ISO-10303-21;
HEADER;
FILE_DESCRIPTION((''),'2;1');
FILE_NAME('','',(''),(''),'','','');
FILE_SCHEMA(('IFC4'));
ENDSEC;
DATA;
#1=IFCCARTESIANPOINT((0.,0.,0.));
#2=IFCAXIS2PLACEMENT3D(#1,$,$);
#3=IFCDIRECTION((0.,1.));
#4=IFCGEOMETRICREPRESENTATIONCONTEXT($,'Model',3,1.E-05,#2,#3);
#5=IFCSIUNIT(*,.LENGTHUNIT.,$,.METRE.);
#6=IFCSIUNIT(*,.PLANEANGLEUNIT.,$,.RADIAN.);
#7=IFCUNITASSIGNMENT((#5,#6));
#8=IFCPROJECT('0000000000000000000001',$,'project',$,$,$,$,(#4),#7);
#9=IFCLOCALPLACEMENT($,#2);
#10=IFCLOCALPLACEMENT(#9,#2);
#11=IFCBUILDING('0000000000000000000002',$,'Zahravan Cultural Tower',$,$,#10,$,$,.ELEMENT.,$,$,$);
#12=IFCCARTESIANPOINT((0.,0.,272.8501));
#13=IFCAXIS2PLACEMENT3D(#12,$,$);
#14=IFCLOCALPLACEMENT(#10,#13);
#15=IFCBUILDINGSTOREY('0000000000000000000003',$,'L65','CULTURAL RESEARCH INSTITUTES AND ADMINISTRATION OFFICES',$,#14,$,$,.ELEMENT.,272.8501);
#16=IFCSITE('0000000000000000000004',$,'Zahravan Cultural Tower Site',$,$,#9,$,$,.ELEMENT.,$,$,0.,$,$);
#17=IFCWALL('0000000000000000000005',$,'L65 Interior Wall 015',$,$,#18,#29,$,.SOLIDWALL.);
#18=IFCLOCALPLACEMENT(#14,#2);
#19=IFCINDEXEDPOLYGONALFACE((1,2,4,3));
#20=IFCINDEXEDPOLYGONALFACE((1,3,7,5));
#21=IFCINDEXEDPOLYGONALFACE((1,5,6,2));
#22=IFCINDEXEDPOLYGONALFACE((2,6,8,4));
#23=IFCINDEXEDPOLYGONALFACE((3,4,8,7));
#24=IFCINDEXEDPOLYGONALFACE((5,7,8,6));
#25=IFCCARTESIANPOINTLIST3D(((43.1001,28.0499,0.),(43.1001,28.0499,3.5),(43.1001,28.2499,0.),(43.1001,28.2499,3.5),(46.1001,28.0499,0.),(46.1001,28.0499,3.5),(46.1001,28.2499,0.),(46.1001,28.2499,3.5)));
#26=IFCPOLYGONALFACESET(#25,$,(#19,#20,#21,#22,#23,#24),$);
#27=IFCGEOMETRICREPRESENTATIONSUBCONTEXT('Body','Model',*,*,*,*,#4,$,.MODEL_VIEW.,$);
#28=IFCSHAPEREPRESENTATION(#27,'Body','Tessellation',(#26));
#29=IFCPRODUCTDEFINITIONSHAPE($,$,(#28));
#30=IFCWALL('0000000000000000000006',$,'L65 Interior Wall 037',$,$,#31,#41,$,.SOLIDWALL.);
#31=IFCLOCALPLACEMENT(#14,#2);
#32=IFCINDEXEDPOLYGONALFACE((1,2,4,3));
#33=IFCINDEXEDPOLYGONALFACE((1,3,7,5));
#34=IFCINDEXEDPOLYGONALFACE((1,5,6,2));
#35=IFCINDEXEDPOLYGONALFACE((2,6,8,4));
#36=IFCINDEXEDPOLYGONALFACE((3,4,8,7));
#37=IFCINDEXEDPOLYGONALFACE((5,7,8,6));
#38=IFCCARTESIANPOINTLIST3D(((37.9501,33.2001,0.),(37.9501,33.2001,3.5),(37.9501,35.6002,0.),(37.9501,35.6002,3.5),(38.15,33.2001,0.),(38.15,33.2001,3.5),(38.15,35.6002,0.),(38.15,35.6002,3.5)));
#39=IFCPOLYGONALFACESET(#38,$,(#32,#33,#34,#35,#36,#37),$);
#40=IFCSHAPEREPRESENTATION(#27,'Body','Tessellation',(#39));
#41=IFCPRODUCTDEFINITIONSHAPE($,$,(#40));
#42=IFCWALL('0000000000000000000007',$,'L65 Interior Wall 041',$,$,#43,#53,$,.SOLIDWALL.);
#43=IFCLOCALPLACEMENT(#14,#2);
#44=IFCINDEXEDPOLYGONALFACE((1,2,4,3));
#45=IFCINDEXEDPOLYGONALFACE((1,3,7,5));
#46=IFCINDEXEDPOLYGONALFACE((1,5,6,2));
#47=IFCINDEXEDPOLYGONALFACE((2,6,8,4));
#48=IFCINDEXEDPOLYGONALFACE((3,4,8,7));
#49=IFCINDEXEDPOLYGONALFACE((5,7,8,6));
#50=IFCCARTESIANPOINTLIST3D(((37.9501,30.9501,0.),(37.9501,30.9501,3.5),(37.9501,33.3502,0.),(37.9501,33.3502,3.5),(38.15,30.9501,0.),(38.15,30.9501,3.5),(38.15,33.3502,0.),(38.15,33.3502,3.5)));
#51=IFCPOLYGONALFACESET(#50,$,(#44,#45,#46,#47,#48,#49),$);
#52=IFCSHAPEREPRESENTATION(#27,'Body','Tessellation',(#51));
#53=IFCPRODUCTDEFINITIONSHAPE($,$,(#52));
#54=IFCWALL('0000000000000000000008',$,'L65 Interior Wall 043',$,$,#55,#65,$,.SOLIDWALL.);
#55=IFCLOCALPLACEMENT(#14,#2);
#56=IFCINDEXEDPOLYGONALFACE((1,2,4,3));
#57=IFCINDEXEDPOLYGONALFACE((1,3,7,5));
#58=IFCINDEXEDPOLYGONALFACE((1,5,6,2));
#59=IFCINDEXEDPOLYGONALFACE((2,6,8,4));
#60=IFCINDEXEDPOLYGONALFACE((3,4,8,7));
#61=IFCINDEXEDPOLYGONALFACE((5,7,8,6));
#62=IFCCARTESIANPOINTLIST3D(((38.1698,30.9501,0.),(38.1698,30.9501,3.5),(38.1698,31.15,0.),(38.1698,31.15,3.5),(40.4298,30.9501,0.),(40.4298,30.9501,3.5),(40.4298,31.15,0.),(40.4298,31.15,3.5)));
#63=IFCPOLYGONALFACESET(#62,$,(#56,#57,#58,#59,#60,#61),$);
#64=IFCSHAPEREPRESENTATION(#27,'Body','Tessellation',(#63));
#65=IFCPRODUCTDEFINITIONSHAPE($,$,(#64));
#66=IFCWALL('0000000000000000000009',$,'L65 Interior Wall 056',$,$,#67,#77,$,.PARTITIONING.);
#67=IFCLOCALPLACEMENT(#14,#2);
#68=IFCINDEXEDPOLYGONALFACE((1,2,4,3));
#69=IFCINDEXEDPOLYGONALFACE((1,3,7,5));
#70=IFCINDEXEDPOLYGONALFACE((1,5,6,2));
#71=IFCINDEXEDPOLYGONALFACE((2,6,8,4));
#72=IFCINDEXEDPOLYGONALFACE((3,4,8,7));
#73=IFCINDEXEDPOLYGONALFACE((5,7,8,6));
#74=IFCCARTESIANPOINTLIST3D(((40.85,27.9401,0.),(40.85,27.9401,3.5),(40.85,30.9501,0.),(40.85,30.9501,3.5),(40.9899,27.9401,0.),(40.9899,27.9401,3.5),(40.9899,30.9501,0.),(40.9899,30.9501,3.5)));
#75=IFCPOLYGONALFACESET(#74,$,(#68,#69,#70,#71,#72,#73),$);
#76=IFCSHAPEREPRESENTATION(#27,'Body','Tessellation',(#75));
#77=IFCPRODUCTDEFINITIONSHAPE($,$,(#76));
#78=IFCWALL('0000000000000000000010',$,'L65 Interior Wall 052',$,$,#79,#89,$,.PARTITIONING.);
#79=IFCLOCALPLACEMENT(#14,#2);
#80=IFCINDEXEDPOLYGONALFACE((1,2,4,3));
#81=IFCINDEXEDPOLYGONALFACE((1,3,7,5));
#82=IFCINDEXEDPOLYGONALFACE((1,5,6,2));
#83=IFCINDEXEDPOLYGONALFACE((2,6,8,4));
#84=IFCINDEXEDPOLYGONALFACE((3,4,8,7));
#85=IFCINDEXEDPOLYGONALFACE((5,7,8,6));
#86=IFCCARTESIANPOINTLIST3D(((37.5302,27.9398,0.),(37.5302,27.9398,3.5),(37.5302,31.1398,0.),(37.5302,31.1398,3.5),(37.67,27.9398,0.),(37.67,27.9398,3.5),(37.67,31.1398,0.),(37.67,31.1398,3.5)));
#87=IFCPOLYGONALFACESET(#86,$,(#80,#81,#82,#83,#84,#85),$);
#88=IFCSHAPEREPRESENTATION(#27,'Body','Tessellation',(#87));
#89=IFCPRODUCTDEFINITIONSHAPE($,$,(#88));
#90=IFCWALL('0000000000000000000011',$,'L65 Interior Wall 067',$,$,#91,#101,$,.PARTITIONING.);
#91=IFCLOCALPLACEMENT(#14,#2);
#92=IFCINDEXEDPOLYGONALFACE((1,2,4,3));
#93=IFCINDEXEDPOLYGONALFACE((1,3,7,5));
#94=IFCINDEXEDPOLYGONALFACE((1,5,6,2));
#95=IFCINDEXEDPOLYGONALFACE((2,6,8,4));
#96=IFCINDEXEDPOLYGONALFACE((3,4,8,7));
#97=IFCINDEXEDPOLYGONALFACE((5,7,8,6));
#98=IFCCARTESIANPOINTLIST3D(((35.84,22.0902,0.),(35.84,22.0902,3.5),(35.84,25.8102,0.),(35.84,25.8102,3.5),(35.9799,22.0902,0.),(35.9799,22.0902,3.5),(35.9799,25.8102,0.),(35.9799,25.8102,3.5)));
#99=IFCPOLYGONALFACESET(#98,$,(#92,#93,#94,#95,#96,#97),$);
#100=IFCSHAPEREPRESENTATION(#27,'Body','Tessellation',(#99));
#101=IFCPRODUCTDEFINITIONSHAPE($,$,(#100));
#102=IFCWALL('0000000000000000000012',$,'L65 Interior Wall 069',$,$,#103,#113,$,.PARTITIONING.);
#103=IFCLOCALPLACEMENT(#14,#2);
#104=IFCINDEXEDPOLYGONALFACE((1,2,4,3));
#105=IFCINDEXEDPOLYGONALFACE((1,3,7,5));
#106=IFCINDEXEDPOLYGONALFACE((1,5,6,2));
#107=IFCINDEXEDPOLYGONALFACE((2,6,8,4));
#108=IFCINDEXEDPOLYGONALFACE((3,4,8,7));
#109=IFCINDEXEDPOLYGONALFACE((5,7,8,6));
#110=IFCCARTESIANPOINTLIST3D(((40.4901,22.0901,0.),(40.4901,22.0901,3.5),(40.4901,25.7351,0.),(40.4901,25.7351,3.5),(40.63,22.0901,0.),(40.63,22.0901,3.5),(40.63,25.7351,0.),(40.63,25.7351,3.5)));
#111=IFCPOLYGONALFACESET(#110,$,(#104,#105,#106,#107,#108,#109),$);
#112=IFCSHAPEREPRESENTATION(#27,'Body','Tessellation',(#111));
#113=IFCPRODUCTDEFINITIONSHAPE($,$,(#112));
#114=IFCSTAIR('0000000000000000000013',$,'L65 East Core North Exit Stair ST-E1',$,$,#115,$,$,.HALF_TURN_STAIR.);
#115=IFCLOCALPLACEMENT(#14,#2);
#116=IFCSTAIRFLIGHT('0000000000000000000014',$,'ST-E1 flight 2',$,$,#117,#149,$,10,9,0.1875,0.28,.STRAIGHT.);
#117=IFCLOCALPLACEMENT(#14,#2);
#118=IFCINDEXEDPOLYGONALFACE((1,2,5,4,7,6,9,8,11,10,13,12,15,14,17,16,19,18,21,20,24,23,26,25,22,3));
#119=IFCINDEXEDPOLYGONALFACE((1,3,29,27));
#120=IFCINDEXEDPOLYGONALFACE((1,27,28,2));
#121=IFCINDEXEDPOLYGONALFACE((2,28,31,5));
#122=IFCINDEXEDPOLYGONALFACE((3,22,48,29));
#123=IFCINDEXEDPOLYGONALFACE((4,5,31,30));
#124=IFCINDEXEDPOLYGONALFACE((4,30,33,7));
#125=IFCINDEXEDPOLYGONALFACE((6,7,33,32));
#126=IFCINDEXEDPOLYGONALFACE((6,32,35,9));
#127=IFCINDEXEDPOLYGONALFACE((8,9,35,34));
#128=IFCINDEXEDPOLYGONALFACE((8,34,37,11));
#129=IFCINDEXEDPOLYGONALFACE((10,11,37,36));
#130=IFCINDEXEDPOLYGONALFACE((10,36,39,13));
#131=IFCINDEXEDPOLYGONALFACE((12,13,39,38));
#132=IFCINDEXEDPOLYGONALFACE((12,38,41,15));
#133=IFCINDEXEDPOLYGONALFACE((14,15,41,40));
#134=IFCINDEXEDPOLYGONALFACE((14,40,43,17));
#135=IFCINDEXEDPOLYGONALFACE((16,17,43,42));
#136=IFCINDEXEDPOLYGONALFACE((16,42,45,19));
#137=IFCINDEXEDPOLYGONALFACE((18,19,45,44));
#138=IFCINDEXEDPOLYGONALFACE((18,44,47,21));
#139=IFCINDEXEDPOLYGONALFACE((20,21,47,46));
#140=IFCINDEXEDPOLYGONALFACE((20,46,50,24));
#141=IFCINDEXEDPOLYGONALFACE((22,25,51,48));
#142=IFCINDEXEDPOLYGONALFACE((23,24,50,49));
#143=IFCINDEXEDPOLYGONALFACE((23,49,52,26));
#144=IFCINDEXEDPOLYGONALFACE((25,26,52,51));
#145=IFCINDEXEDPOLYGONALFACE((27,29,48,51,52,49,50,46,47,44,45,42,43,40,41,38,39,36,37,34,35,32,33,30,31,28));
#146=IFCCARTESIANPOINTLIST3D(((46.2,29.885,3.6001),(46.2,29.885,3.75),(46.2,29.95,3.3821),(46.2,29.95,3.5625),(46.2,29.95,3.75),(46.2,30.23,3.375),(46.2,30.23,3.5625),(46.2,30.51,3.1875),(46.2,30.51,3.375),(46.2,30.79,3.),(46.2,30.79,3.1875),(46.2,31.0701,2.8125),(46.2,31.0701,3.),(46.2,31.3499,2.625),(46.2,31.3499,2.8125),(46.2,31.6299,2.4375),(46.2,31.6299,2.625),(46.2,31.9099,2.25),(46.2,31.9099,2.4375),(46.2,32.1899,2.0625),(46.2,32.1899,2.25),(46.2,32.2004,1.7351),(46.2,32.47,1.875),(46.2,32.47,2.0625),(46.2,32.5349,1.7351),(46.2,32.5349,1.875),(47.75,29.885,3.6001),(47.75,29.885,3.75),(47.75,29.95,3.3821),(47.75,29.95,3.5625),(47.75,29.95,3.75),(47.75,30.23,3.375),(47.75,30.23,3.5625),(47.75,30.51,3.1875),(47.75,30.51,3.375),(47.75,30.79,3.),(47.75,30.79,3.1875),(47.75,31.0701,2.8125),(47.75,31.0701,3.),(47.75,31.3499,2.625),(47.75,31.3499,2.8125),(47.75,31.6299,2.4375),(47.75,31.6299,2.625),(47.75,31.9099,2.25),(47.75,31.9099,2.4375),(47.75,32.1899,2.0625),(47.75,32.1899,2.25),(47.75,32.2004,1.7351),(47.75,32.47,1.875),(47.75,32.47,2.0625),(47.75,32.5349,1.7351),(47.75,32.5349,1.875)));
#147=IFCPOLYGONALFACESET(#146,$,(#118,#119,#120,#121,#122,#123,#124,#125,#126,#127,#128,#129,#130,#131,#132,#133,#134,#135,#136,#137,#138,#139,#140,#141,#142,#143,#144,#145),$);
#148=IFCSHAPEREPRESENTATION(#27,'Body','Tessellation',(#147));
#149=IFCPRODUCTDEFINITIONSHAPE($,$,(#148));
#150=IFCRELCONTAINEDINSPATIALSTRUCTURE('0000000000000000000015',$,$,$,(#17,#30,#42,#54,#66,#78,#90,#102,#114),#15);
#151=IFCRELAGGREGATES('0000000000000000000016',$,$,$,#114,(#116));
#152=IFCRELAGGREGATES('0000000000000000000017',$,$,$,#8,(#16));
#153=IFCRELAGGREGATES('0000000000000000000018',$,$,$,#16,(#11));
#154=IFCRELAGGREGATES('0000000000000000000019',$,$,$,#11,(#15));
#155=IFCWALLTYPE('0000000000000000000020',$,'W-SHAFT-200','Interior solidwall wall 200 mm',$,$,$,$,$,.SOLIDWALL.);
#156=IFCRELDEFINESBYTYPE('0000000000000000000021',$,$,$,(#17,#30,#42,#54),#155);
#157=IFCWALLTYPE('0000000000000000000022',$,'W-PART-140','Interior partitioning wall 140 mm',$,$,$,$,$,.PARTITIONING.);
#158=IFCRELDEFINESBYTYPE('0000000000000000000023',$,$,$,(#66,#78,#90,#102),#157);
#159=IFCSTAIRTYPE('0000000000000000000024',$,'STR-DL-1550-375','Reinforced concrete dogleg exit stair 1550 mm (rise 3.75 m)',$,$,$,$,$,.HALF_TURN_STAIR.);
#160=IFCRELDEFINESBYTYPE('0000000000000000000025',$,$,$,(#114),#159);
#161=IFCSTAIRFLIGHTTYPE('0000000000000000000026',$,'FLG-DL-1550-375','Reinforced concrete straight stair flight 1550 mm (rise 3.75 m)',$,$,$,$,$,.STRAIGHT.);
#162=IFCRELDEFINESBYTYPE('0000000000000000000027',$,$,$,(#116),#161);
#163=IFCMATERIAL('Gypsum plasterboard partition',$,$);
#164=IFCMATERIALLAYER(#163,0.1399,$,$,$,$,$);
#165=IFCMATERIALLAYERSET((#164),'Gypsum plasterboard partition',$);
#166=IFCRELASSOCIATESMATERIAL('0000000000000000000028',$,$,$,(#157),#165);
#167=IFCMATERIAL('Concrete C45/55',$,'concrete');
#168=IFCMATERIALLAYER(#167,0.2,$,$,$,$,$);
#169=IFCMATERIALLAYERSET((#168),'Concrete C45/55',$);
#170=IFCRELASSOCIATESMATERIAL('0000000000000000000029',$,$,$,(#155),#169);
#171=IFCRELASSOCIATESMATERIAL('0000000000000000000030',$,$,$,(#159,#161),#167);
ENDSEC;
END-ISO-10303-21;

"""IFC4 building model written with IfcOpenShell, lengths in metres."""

from ifc_helpers import new_model, si_unit, direction, frame, frame_2d, origin, place, context, subcontext, project, spatial, polyline, rectangle, outline, extrude, source, transform, mapped, material, layer, layer_set, type_object, element, aggregate, save


model = new_model("IFC4")

# Units and contexts
model_context = context("Model", 3, precision=1e-05, world=origin(), true_north=direction((0.0, 1.0)))
body_context = subcontext(model_context, "Body", "Model", "MODEL_VIEW")
ifc_project = project(units=[si_unit("LENGTHUNIT", "METRE"), si_unit("PLANEANGLEUNIT", "RADIAN")], contexts=[model_context])

# Site, building, storey
site_placement = place(None, origin())
site = spatial("IfcSite", under=ifc_project, at=site_placement, Name="Zahravan Cultural Tower Site", CompositionType="ELEMENT", RefElevation=0.0)
building_placement = place(site_placement, origin())
building = spatial("IfcBuilding", under=site, at=building_placement, Name="Zahravan Cultural Tower", CompositionType="ELEMENT")
storey_placement = place(building_placement, frame((0.0, 0.0, 272.8501)))
storey = spatial("IfcBuildingStorey", under=building, at=storey_placement, Name="L65", Description="CULTURAL RESEARCH INSTITUTES AND ADMINISTRATION OFFICES", CompositionType="ELEMENT", Elevation=272.8501)

# Shared definitions
ifc_material_1 = material(Name="Gypsum plasterboard partition")
ifc_layer_1 = layer(ifc_material_1, 0.1399)
ifc_layer_set_1 = layer_set([ifc_layer_1], Name="Gypsum plasterboard partition")
wall_type_1 = type_object("IfcWallType", Name="W-PART-140", Description="Interior partitioning wall 140 mm", PredefinedType="PARTITIONING", material=ifc_layer_set_1)
ifc_material_2 = material(Name="Concrete C45/55", Category="concrete")
ifc_layer_2 = layer(ifc_material_2, 0.2)
ifc_layer_set_2 = layer_set([ifc_layer_2], Name="Concrete C45/55")
wall_type_2 = type_object("IfcWallType", Name="W-SHAFT-200", Description="Interior solidwall wall 200 mm", PredefinedType="SOLIDWALL", material=ifc_layer_set_2)

# Walls
shared_shape_1 = source(origin(), body_context, "Body", "SweptSolid", [
    extrude(rectangle(XDim=3.0, YDim=0.2, at=frame_2d((1.5, 0.0))), origin(), (0.0, 0.0, 1.0), 3.5),
])
for number, where, z_axis, x_axis, name in (
    (1, (43.1001, 28.1499, 0.0), (0.0, 0.0, 1.0), (1.0, 0.0, 0.0), "L65 Interior Wall 015"),
):
    element("IfcWall", number, at=place(storey_placement, frame(where, z_axis=z_axis, x_axis=x_axis)), inside=storey, type_object=wall_type_2, Name=name, PredefinedType="SOLIDWALL", context=body_context, shape_type="MappedRepresentation", body=[
        mapped(shared_shape_1, transform((0.0, 0.0, 0.0), x_axis=(1.0, 0.0, 0.0), y_axis=(0.0, 1.0, 0.0), z_axis=(0.0, 0.0, 1.0), scale=1.0)),
    ])
shared_shape_2 = source(origin(), body_context, "Body", "SweptSolid", [
    extrude(rectangle(XDim=2.4001, YDim=0.2, at=frame_2d((1.2002, 0.0))), origin(), (0.0, 0.0, 1.0), 3.5),
])
for number, where, z_axis, x_axis, name in (
    (2, (38.05, 33.2, 0.0), (0.0, 0.0, 1.0), (0.0, 1.0, 0.0), "L65 Interior Wall 037"),
    (3, (38.05, 30.95, 0.0), (0.0, 0.0, 1.0), (0.0, 1.0, 0.0), "L65 Interior Wall 041"),
):
    element("IfcWall", number, at=place(storey_placement, frame(where, z_axis=z_axis, x_axis=x_axis)), inside=storey, type_object=wall_type_2, Name=name, PredefinedType="SOLIDWALL", context=body_context, shape_type="MappedRepresentation", body=[
        mapped(shared_shape_2, transform((0.0, 0.0, 0.0), x_axis=(1.0, 0.0, 0.0), y_axis=(0.0, 1.0, 0.0), z_axis=(0.0, 0.0, 1.0), scale=1.0)),
    ])
shared_shape_3 = source(origin(), body_context, "Body", "SweptSolid", [
    extrude(rectangle(XDim=2.26, YDim=0.2, at=frame_2d((1.1299, 0.0))), origin(), (0.0, 0.0, 1.0), 3.5),
])
wall_1_placement = place(storey_placement, frame((38.1699, 31.05, 0.0), z_axis=(0.0, 0.0, 1.0), x_axis=(1.0, 0.0, 0.0)))
element("IfcWall", 4, at=wall_1_placement, inside=storey, type_object=wall_type_2, Name="L65 Interior Wall 043", PredefinedType="SOLIDWALL", context=body_context, shape_type="MappedRepresentation", body=[
    mapped(shared_shape_3, transform((0.0, 0.0, 0.0), x_axis=(1.0, 0.0, 0.0), y_axis=(0.0, 1.0, 0.0), z_axis=(0.0, 0.0, 1.0), scale=1.0)),
])
shared_shape_4 = source(origin(), body_context, "Body", "SweptSolid", [
    extrude(rectangle(XDim=3.01, YDim=0.1399, at=frame_2d((1.5049, 0.0))), origin(), (0.0, 0.0, 1.0), 3.5),
])
wall_2_placement = place(storey_placement, frame((40.9199, 30.95, 0.0), z_axis=(0.0, 0.0, 1.0), x_axis=(0.0, -1.0, 0.0)))
element("IfcWall", 5, at=wall_2_placement, inside=storey, type_object=wall_type_1, Name="L65 Interior Wall 056", PredefinedType="PARTITIONING", context=body_context, shape_type="MappedRepresentation", body=[
    mapped(shared_shape_4, transform((0.0, 0.0, 0.0), x_axis=(1.0, 0.0, 0.0), y_axis=(0.0, 1.0, 0.0), z_axis=(0.0, 0.0, 1.0), scale=1.0)),
])
shared_shape_5 = source(origin(), body_context, "Body", "SweptSolid", [
    extrude(rectangle(XDim=3.2, YDim=0.1399, at=frame_2d((1.6001, 0.0))), origin(), (0.0, 0.0, 1.0), 3.5),
])
wall_3_placement = place(storey_placement, frame((37.6001, 31.1399, 0.0), z_axis=(0.0, 0.0, 1.0), x_axis=(0.0, -1.0, 0.0)))
element("IfcWall", 6, at=wall_3_placement, inside=storey, type_object=wall_type_1, Name="L65 Interior Wall 052", PredefinedType="PARTITIONING", context=body_context, shape_type="MappedRepresentation", body=[
    mapped(shared_shape_5, transform((0.0, 0.0, 0.0), x_axis=(1.0, 0.0, 0.0), y_axis=(0.0, 1.0, 0.0), z_axis=(0.0, 0.0, 1.0), scale=1.0)),
])
shared_shape_6 = source(origin(), body_context, "Body", "SweptSolid", [
    extrude(rectangle(XDim=3.72, YDim=0.1399, at=frame_2d((1.8599, 0.0))), origin(), (0.0, 0.0, 1.0), 3.5),
])
wall_4_placement = place(storey_placement, frame((35.9099, 25.8101, 0.0), z_axis=(0.0, 0.0, 1.0), x_axis=(0.0, -1.0, 0.0)))
element("IfcWall", 7, at=wall_4_placement, inside=storey, type_object=wall_type_1, Name="L65 Interior Wall 067", PredefinedType="PARTITIONING", context=body_context, shape_type="MappedRepresentation", body=[
    mapped(shared_shape_6, transform((0.0, 0.0, 0.0), x_axis=(1.0, 0.0, 0.0), y_axis=(0.0, 1.0, 0.0), z_axis=(0.0, 0.0, 1.0), scale=1.0)),
])
shared_shape_7 = source(origin(), body_context, "Body", "SweptSolid", [
    extrude(rectangle(XDim=3.645, YDim=0.1399, at=frame_2d((1.8225, 0.0))), origin(), (0.0, 0.0, 1.0), 3.5),
])
wall_5_placement = place(storey_placement, frame((40.5601, 25.7351, 0.0), z_axis=(0.0, 0.0, 1.0), x_axis=(0.0, -1.0, 0.0)))
element("IfcWall", 8, at=wall_5_placement, inside=storey, type_object=wall_type_1, Name="L65 Interior Wall 069", PredefinedType="PARTITIONING", context=body_context, shape_type="MappedRepresentation", body=[
    mapped(shared_shape_7, transform((0.0, 0.0, 0.0), x_axis=(1.0, 0.0, 0.0), y_axis=(0.0, 1.0, 0.0), z_axis=(0.0, 0.0, 1.0), scale=1.0)),
])

# Stair, stair flight
stair_type = type_object("IfcStairType", Name="STR-DL-1550-375", Description="Reinforced concrete dogleg exit stair 1550 mm (rise 3.75 m)", PredefinedType="HALF_TURN_STAIR", material=ifc_material_2)
stair_placement = place(storey_placement, origin())
stair = element("IfcStair", 9, at=stair_placement, inside=storey, type_object=stair_type, Name="L65 East Core North Exit Stair ST-E1", PredefinedType="HALF_TURN_STAIR")
stair_flight_type = type_object("IfcStairFlightType", Name="FLG-DL-1550-375", Description="Reinforced concrete straight stair flight 1550 mm (rise 3.75 m)", PredefinedType="STRAIGHT", material=ifc_material_2)
stair_flight_placement = place(storey_placement, frame((46.9751, 32.47, 1.875), z_axis=(0.0, 0.0, 1.0), x_axis=(0.0, -1.0, 0.0)))
stair_flight = element("IfcStairFlight", 10, at=stair_flight_placement, type_object=stair_flight_type, Name="ST-E1 flight 2", NumberOfRisers=10, NumberOfTreads=9, PredefinedType="STRAIGHT", RiserHeight=0.1875, TreadLength=0.28, context=body_context, shape_type="SweptSolid", body=[
    extrude(outline(polyline([(-0.0649, -0.1399), (-0.0649, 0.0), (0.0, 0.0), (0.0, 0.1875), (0.28, 0.1875), (0.28, 0.375), (0.5601, 0.375), (0.5601, 0.5625), (0.8401, 0.5625), (0.8401, 0.75), (1.1201, 0.75), (1.1201, 0.9375), (1.3999, 0.9375), (1.3999, 1.125), (1.6799, 1.125), (1.6799, 1.3125), (1.96, 1.3125), (1.96, 1.5), (2.24, 1.5), (2.24, 1.6875), (2.52, 1.6875), (2.52, 1.875), (2.585, 1.875), (2.585, 1.7251), (2.52, 1.5071), (0.2695, -0.1399), (-0.0649, -0.1399)])), frame((0.0, 0.7749, 0.0), z_axis=(0.0, -1.0, 0.0), x_axis=(1.0, 0.0, 0.0)), (0.0, 0.0, 1.0), 1.55),
])
aggregate(stair, [stair_flight])

save(model, "model.ifc")
